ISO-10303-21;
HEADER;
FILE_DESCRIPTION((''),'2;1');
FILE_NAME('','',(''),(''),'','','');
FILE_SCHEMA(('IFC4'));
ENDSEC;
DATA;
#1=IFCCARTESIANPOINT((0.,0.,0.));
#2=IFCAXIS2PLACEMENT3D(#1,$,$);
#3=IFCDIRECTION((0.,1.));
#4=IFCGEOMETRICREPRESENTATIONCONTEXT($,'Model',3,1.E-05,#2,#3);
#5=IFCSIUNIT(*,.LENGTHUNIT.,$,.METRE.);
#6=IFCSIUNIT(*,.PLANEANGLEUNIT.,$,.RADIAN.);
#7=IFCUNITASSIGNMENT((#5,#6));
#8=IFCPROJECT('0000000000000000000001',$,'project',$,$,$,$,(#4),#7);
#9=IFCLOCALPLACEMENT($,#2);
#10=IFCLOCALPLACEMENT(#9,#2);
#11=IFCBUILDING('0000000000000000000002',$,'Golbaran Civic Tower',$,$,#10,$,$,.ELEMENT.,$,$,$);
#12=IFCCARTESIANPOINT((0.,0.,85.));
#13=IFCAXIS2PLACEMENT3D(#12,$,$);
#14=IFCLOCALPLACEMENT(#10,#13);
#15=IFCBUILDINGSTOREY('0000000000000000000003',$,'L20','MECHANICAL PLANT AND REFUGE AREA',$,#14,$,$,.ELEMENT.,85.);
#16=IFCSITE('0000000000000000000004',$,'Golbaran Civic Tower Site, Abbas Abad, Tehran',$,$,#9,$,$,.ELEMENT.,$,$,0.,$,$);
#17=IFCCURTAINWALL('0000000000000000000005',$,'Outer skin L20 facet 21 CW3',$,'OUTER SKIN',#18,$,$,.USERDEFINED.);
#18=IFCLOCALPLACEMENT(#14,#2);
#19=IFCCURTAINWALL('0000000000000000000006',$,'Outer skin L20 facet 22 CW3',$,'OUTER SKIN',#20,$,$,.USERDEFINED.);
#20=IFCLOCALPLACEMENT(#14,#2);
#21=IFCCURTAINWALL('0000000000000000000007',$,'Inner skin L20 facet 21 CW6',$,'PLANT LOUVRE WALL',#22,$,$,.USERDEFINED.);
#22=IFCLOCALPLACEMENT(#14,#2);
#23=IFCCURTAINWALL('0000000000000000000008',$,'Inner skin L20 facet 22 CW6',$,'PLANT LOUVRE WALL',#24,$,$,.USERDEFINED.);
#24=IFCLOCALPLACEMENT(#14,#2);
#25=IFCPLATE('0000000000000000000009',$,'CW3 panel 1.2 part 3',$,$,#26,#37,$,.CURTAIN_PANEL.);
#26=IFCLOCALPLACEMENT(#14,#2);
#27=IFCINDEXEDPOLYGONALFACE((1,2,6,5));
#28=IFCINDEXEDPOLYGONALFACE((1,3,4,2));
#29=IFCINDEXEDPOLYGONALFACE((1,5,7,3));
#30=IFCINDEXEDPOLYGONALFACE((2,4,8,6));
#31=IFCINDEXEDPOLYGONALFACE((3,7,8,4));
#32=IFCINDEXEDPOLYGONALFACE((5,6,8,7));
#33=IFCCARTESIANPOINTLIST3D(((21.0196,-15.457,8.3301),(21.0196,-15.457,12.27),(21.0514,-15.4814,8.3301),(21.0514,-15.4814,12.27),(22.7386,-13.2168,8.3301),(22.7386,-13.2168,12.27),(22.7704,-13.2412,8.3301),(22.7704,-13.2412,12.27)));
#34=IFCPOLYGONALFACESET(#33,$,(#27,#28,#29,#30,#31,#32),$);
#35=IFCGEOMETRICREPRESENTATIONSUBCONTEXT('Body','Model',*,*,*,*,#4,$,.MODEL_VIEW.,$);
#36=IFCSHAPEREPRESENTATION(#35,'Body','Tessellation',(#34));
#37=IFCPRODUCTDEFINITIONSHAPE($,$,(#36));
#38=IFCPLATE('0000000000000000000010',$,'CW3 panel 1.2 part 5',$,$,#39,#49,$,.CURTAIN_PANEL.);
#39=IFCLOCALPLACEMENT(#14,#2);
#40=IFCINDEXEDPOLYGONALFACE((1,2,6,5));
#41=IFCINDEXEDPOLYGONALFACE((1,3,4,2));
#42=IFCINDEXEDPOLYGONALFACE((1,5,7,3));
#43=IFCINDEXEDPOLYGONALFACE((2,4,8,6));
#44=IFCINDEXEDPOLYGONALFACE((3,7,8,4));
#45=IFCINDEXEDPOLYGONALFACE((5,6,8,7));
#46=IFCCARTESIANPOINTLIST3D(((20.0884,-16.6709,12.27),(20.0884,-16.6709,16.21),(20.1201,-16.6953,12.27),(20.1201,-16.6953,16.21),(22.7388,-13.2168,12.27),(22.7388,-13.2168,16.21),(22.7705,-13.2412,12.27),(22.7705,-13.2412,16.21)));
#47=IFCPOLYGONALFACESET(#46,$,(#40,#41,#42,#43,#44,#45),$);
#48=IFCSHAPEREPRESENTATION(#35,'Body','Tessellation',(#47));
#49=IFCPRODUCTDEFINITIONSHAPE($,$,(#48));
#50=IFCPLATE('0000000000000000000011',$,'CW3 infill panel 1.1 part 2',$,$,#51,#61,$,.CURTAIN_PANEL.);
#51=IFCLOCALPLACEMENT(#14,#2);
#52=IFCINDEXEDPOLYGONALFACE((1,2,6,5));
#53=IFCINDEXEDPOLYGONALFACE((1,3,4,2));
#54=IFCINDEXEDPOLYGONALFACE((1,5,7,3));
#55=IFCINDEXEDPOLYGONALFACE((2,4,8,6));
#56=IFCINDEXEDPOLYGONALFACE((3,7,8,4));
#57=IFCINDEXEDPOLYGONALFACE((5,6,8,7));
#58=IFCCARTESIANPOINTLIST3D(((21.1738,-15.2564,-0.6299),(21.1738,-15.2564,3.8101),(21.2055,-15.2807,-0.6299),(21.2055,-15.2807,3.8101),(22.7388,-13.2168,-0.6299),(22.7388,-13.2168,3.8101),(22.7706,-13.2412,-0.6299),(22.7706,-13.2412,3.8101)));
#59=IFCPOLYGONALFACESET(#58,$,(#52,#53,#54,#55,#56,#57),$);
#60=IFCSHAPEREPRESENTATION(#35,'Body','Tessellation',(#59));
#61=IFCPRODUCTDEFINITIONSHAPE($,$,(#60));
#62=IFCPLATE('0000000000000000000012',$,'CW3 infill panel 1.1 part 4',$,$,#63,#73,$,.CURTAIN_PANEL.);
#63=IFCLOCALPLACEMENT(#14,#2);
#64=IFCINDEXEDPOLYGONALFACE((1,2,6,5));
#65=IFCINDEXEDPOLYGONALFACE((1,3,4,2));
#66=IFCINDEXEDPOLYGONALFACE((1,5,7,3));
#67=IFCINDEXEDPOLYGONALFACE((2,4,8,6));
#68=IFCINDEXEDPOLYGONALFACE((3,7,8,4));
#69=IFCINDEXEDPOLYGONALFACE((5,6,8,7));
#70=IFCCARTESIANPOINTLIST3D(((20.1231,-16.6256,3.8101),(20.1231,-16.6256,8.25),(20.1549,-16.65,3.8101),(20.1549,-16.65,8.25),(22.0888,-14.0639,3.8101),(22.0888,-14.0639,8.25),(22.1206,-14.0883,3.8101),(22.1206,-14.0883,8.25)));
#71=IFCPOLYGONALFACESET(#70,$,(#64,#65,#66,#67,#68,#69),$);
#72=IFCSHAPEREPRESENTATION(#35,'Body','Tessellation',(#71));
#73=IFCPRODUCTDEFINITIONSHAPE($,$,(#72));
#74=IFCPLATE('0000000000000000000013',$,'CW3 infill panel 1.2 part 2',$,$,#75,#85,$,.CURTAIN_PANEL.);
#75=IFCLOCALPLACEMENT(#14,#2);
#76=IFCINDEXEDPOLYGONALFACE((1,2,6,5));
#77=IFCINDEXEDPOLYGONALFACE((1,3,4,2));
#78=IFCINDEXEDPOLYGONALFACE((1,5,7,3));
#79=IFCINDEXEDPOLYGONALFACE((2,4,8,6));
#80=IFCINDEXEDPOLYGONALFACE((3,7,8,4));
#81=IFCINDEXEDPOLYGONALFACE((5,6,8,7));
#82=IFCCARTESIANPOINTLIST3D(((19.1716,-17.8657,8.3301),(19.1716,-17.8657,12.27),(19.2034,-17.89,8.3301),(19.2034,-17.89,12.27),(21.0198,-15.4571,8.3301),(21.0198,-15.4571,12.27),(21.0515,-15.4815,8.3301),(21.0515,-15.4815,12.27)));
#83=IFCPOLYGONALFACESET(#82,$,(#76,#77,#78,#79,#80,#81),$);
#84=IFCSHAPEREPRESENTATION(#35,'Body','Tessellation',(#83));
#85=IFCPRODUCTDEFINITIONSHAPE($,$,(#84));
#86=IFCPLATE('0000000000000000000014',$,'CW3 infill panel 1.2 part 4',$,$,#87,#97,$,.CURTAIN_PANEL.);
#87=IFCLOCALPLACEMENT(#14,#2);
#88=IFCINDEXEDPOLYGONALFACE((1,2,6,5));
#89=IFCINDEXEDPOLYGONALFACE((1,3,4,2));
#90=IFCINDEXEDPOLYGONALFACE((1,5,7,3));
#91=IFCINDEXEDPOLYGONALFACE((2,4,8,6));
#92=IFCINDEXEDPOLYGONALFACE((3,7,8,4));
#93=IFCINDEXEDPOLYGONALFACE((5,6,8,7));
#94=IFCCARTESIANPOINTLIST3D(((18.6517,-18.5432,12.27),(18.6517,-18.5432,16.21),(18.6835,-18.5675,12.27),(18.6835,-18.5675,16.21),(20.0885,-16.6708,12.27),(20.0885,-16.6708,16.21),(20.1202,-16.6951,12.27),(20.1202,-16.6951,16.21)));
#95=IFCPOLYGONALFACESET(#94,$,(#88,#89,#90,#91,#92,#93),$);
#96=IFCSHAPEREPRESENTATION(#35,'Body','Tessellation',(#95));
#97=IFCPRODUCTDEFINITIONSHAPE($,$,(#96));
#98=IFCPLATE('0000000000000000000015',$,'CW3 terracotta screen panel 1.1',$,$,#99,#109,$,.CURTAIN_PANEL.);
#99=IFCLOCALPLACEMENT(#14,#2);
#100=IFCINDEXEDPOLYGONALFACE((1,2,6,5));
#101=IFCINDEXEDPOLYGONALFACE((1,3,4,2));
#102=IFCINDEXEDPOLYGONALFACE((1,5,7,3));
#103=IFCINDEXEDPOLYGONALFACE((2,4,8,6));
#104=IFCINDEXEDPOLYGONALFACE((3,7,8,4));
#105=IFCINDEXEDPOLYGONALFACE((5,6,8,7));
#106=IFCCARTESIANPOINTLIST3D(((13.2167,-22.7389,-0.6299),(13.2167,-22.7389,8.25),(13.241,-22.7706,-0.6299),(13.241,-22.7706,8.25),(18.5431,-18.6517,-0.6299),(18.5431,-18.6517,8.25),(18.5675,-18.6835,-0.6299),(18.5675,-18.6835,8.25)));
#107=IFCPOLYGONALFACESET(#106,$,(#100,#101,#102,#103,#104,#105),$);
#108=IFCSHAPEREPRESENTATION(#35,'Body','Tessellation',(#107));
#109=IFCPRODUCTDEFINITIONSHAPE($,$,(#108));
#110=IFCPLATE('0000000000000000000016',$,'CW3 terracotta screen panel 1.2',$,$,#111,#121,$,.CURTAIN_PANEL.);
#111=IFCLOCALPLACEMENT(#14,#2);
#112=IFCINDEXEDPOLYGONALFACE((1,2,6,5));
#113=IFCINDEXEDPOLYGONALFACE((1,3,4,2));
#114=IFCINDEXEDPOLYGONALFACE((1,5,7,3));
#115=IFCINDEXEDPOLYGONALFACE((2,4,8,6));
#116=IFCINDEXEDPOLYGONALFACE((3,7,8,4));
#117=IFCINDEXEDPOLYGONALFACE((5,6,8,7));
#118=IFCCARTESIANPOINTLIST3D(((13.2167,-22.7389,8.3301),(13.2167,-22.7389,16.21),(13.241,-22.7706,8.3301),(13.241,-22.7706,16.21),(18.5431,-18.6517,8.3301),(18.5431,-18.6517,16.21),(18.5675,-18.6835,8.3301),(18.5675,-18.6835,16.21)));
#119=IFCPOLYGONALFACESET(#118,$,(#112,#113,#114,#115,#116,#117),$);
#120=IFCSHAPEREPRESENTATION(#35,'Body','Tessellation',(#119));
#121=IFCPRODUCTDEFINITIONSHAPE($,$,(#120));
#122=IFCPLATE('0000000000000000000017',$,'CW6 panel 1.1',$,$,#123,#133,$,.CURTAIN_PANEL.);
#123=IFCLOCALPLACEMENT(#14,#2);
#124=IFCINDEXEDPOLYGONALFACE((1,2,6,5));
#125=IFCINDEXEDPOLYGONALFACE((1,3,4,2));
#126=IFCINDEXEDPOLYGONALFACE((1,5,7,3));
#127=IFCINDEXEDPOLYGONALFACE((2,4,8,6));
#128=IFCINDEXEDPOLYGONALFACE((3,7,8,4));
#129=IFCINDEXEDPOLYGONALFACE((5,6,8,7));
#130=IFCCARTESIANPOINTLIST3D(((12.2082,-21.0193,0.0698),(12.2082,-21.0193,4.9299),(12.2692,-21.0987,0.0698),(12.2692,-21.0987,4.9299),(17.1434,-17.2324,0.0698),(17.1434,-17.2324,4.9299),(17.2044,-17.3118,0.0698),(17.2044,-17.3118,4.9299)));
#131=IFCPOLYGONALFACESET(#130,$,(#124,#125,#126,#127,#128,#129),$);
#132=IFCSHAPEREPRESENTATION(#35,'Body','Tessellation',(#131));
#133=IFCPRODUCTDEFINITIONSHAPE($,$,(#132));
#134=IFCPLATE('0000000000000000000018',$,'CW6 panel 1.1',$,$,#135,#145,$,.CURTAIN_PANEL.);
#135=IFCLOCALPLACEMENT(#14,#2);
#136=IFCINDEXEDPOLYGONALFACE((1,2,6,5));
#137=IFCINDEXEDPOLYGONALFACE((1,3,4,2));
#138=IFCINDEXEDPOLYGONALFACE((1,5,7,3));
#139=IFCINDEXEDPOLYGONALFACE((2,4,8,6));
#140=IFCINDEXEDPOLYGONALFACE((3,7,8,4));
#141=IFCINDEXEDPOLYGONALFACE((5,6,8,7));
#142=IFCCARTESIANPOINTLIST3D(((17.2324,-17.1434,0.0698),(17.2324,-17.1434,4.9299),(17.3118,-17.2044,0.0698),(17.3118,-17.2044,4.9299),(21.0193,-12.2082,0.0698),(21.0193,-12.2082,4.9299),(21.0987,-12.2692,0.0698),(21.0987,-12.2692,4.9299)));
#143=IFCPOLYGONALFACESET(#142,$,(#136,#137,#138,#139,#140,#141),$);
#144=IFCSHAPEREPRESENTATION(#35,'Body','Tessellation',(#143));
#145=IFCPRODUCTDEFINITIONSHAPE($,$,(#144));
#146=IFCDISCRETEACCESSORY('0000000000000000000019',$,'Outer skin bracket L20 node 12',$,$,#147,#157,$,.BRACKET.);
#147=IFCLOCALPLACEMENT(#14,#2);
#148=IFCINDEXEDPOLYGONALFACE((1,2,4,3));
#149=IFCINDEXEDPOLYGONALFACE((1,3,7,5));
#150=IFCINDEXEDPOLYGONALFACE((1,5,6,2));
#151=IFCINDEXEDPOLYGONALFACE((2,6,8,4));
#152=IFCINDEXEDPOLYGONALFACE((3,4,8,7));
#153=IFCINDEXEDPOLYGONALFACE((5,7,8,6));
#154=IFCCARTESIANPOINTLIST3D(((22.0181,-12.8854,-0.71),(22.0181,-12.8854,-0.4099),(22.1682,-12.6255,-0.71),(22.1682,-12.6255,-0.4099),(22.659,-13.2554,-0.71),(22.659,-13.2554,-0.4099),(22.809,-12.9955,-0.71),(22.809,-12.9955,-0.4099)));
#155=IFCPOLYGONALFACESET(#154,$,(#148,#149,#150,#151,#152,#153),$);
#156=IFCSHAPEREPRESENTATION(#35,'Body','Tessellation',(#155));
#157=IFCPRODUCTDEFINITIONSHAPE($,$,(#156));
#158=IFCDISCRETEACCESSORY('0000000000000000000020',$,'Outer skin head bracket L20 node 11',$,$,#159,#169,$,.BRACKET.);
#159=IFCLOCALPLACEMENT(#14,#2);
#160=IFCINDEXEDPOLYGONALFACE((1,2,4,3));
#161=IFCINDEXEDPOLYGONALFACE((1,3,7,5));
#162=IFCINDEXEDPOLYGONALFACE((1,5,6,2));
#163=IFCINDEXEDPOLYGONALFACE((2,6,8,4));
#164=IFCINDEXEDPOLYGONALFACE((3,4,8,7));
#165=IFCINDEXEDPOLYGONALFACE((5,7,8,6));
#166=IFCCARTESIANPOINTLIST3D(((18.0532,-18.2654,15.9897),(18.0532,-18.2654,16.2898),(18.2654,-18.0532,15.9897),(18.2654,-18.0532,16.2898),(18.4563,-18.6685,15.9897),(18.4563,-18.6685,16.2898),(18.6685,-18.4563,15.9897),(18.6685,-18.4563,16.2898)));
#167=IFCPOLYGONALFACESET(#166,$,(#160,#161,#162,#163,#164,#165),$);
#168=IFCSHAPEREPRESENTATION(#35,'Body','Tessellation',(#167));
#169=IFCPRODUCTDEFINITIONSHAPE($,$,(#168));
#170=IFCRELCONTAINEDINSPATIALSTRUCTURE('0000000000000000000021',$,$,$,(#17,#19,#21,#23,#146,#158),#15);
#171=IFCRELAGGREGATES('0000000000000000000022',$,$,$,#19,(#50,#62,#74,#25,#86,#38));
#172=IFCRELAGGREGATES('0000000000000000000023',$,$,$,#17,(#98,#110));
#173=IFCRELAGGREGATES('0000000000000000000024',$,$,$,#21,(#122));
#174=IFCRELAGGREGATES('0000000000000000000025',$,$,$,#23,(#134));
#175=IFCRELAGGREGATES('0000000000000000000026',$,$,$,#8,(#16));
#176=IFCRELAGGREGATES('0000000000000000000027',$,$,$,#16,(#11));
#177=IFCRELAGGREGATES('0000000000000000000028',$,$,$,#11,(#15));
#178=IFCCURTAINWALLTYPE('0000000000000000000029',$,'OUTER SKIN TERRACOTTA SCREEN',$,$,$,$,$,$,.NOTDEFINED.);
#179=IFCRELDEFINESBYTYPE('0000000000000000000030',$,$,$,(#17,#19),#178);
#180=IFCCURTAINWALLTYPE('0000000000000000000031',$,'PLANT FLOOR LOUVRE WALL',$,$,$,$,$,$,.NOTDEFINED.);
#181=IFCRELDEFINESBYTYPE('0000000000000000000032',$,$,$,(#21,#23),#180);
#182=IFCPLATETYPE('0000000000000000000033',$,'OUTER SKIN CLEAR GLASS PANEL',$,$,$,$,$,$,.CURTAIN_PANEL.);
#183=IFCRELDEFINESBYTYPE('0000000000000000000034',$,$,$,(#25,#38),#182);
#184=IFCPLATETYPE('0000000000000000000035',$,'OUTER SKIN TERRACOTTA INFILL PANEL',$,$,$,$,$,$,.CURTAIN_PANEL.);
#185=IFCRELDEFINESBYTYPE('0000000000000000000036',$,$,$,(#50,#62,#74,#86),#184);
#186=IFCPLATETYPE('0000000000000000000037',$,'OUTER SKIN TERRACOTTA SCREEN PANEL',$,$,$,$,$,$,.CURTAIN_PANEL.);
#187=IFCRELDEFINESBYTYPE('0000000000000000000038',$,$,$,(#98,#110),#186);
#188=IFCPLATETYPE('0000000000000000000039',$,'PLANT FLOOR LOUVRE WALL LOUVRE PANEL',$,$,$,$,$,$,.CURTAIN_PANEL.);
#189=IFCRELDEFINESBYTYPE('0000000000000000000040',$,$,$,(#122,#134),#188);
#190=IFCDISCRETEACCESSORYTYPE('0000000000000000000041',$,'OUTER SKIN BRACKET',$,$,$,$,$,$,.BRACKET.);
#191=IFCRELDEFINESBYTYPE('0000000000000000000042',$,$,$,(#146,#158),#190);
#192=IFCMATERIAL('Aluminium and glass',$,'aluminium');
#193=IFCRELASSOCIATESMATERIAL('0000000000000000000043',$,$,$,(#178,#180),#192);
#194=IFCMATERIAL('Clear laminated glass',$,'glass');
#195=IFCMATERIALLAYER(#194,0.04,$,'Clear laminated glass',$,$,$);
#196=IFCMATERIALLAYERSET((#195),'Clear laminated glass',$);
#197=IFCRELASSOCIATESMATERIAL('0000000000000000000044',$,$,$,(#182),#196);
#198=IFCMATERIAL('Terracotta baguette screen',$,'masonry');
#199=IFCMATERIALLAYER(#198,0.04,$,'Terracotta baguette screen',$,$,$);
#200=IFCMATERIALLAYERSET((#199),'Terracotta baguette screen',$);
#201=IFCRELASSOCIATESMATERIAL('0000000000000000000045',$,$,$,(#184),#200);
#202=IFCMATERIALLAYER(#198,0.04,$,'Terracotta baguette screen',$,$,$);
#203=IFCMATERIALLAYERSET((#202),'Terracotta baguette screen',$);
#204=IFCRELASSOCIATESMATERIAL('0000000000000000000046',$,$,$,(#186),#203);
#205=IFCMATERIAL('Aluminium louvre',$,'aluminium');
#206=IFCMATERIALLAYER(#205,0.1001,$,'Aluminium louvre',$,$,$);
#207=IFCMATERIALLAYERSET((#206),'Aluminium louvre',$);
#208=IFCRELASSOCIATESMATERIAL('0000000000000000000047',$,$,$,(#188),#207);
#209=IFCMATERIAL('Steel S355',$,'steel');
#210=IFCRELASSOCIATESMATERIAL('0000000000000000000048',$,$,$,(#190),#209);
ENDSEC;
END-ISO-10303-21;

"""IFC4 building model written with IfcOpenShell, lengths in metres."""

from ifc_helpers import new_model, si_unit, direction, frame, origin, origin_2d, place, context, subcontext, project, spatial, rectangle, extrude, material, layer, layer_set, type_object, element, aggregate, save


model = new_model("IFC4")

# Units and contexts
model_context = context("Model", 3, precision=1e-05, world=origin(), true_north=direction((0.0, 1.0)))
body_context = subcontext(model_context, "Body", "Model", "MODEL_VIEW")
ifc_project = project(units=[si_unit("LENGTHUNIT", "METRE"), si_unit("PLANEANGLEUNIT", "RADIAN")], contexts=[model_context])

# Site, building, storey
site_placement = place(None, origin())
site = spatial("IfcSite", under=ifc_project, at=site_placement, Name="Golbaran Civic Tower Site, Abbas Abad, Tehran", CompositionType="ELEMENT", RefElevation=0.0)
building_placement = place(site_placement, origin())
building = spatial("IfcBuilding", under=site, at=building_placement, Name="Golbaran Civic Tower", CompositionType="ELEMENT")
storey_placement = place(building_placement, frame((0.0, 0.0, 85.0)))
storey = spatial("IfcBuildingStorey", under=building, at=storey_placement, Name="L20", Description="MECHANICAL PLANT AND REFUGE AREA", CompositionType="ELEMENT", Elevation=85.0)

# Shared definitions
ifc_material_1 = material(Name="Steel S355", Category="steel")

# Shared definitions
ifc_material_2 = material(Name="Aluminium and glass", Category="aluminium")
curtain_wall_type_1 = type_object("IfcCurtainWallType", Name="OUTER SKIN TERRACOTTA SCREEN", PredefinedType="NOTDEFINED", material=ifc_material_2)

# Curtain walls
curtain_wall_1_placement = place(storey_placement, origin())
curtain_wall_1 = element("IfcCurtainWall", 1, at=curtain_wall_1_placement, inside=storey, type_object=curtain_wall_type_1, Name="Outer skin L20 facet 21 CW3", ObjectType="OUTER SKIN", PredefinedType="USERDEFINED")
curtain_wall_2_placement = place(storey_placement, origin())
curtain_wall_2 = element("IfcCurtainWall", 2, at=curtain_wall_2_placement, inside=storey, type_object=curtain_wall_type_1, Name="Outer skin L20 facet 22 CW3", ObjectType="OUTER SKIN", PredefinedType="USERDEFINED")

# Curtain wall
curtain_wall_type_2 = type_object("IfcCurtainWallType", Name="PLANT FLOOR LOUVRE WALL", PredefinedType="NOTDEFINED", material=ifc_material_2)
curtain_wall_3_placement = place(storey_placement, origin())
curtain_wall_3 = element("IfcCurtainWall", 3, at=curtain_wall_3_placement, inside=storey, type_object=curtain_wall_type_2, Name="Inner skin L20 facet 21 CW6", ObjectType="PLANT LOUVRE WALL", PredefinedType="USERDEFINED")

# Curtain wall
curtain_wall_4_placement = place(storey_placement, origin())
curtain_wall_4 = element("IfcCurtainWall", 4, at=curtain_wall_4_placement, inside=storey, type_object=curtain_wall_type_2, Name="Inner skin L20 facet 22 CW6", ObjectType="PLANT LOUVRE WALL", PredefinedType="USERDEFINED")

# Plates
ifc_material_3 = material(Name="Clear laminated glass", Category="glass")
ifc_layer_1 = layer(ifc_material_3, 0.04, Name="Clear laminated glass")
ifc_layer_set_1 = layer_set([ifc_layer_1], Name="Clear laminated glass")
plate_type_1 = type_object("IfcPlateType", Name="OUTER SKIN CLEAR GLASS PANEL", PredefinedType="CURTAIN_PANEL", material=ifc_layer_set_1)
plate_1_placement = place(storey_placement, frame((21.895, -14.3491, 8.3301), z_axis=(0.0, 0.0, 1.0), x_axis=(0.608761, 0.793353, 0.0)))
plate_1 = element("IfcPlate", 5, at=plate_1_placement, type_object=plate_type_1, Name="CW3 panel 1.2 part 3", PredefinedType="CURTAIN_PANEL", context=body_context, shape_type="SweptSolid", body=[
    extrude(rectangle(XDim=2.8237, YDim=0.04, at=origin_2d()), origin(), (0.0, 0.0, 1.0), 3.9399),
])
plate_2_placement = place(storey_placement, frame((21.4294, -14.9561, 12.27), z_axis=(0.0, 0.0, 1.0), x_axis=(0.608761, 0.793353, 0.0)))
plate_2 = element("IfcPlate", 6, at=plate_2_placement, type_object=plate_type_1, Name="CW3 panel 1.2 part 5", PredefinedType="CURTAIN_PANEL", context=body_context, shape_type="SweptSolid", body=[
    extrude(rectangle(XDim=4.3538, YDim=0.04, at=origin_2d()), origin(), (0.0, 0.0, 1.0), 3.9399),
])
ifc_material_4 = material(Name="Terracotta baguette screen", Category="masonry")
ifc_layer_2 = layer(ifc_material_4, 0.04, Name="Terracotta baguette screen")
ifc_layer_set_2 = layer_set([ifc_layer_2], Name="Terracotta baguette screen")
plate_type_2 = type_object("IfcPlateType", Name="OUTER SKIN TERRACOTTA INFILL PANEL", PredefinedType="CURTAIN_PANEL", material=ifc_layer_set_2)
plate_3_placement = place(storey_placement, frame((21.9722, -14.2488, -0.6299), z_axis=(0.0, 0.0, 1.0), x_axis=(0.608761, 0.793353, 0.0)))
plate_3 = element("IfcPlate", 7, at=plate_3_placement, type_object=plate_type_2, Name="CW3 infill panel 1.1 part 2", PredefinedType="CURTAIN_PANEL", context=body_context, shape_type="SweptSolid", body=[
    extrude(rectangle(XDim=2.5708, YDim=0.04, at=origin_2d()), origin(), (0.0, 0.0, 1.0), 4.4399),
])
plate_4_placement = place(storey_placement, frame((21.1218, -15.3569, 3.8101), z_axis=(0.0, 0.0, 1.0), x_axis=(0.608761, 0.793353, 0.0)))
plate_4 = element("IfcPlate", 8, at=plate_4_placement, type_object=plate_type_2, Name="CW3 infill panel 1.1 part 4", PredefinedType="CURTAIN_PANEL", context=body_context, shape_type="SweptSolid", body=[
    extrude(rectangle(XDim=3.229, YDim=0.04, at=origin_2d()), origin(), (0.0, 0.0, 1.0), 4.4399),
])
plate_5_placement = place(storey_placement, frame((20.1116, -16.6736, 8.3301), z_axis=(0.0, 0.0, 1.0), x_axis=(0.608761, 0.793353, 0.0)))
plate_5 = element("IfcPlate", 9, at=plate_5_placement, type_object=plate_type_2, Name="CW3 infill panel 1.2 part 2", PredefinedType="CURTAIN_PANEL", context=body_context, shape_type="SweptSolid", body=[
    extrude(rectangle(XDim=3.0359, YDim=0.04, at=origin_2d()), origin(), (0.0, 0.0, 1.0), 3.9399),
])
plate_6_placement = place(storey_placement, frame((19.386, -17.6191, 12.27), z_axis=(0.0, 0.0, 1.0), x_axis=(0.608761, 0.793353, 0.0)))
plate_6 = element("IfcPlate", 10, at=plate_6_placement, type_object=plate_type_2, Name="CW3 infill panel 1.2 part 4", PredefinedType="CURTAIN_PANEL", context=body_context, shape_type="SweptSolid", body=[
    extrude(rectangle(XDim=2.3601, YDim=0.04, at=origin_2d()), origin(), (0.0, 0.0, 1.0), 3.9399),
])
aggregate(curtain_wall_2, [plate_3, plate_4, plate_5, plate_1, plate_6, plate_2])
ifc_layer_3 = layer(ifc_material_4, 0.04, Name="Terracotta baguette screen")
ifc_layer_set_3 = layer_set([ifc_layer_3], Name="Terracotta baguette screen")
plate_type_3 = type_object("IfcPlateType", Name="OUTER SKIN TERRACOTTA SCREEN PANEL", PredefinedType="CURTAIN_PANEL", material=ifc_layer_set_3)
plate_7_placement = place(storey_placement, frame((15.8921, -20.7112, -0.6299), z_axis=(0.0, 0.0, 1.0), x_axis=(0.793353, 0.608761, 0.0)))
plate_7 = element("IfcPlate", 11, at=plate_7_placement, type_object=plate_type_3, Name="CW3 terracotta screen panel 1.1", PredefinedType="CURTAIN_PANEL", context=body_context, shape_type="SweptSolid", body=[
    extrude(rectangle(XDim=6.7139, YDim=0.04, at=origin_2d()), origin(), (0.0, 0.0, 1.0), 8.8799),
])
plate_8_placement = place(storey_placement, frame((15.8921, -20.7112, 8.3301), z_axis=(0.0, 0.0, 1.0), x_axis=(0.793353, 0.608761, 0.0)))
plate_8 = element("IfcPlate", 12, at=plate_8_placement, type_object=plate_type_3, Name="CW3 terracotta screen panel 1.2", PredefinedType="CURTAIN_PANEL", context=body_context, shape_type="SweptSolid", body=[
    extrude(rectangle(XDim=6.7139, YDim=0.04, at=origin_2d()), origin(), (0.0, 0.0, 1.0), 7.8799),
])
aggregate(curtain_wall_1, [plate_7, plate_8])
ifc_material_5 = material(Name="Aluminium louvre", Category="aluminium")
ifc_layer_4 = layer(ifc_material_5, 0.1001, Name="Aluminium louvre")
ifc_layer_set_4 = layer_set([ifc_layer_4], Name="Aluminium louvre")
plate_type_4 = type_object("IfcPlateType", Name="PLANT FLOOR LOUVRE WALL LOUVRE PANEL", PredefinedType="CURTAIN_PANEL", material=ifc_layer_set_4)
plate_9_placement = place(storey_placement, frame((14.7063, -19.1655, 0.0698), z_axis=(0.0, 0.0, 1.0), x_axis=(0.793353, 0.608761, 0.0)))
plate_9 = element("IfcPlate", 13, at=plate_9_placement, type_object=plate_type_4, Name="CW6 panel 1.1", PredefinedType="CURTAIN_PANEL", context=body_context, shape_type="SweptSolid", body=[
    extrude(rectangle(XDim=6.2207, YDim=0.1001, at=origin_2d()), origin(), (0.0, 0.0, 1.0), 4.8601),
])
aggregate(curtain_wall_3, [plate_9])
plate_10_placement = place(storey_placement, frame((19.1655, -14.7063, 0.0698), z_axis=(0.0, 0.0, 1.0), x_axis=(0.608761, 0.793353, 0.0)))
plate_10 = element("IfcPlate", 14, at=plate_10_placement, type_object=plate_type_4, Name="CW6 panel 1.1", PredefinedType="CURTAIN_PANEL", context=body_context, shape_type="SweptSolid", body=[
    extrude(rectangle(XDim=6.2207, YDim=0.1001, at=origin_2d()), origin(), (0.0, 0.0, 1.0), 4.8601),
])
aggregate(curtain_wall_4, [plate_10])

# Discrete accessories
discrete_accessory_type = type_object("IfcDiscreteAccessoryType", Name="OUTER SKIN BRACKET", PredefinedType="BRACKET", material=ifc_material_1)
discrete_accessory_1_placement = place(storey_placement, frame((22.4136, -12.9404, -0.71), z_axis=(0.0, 0.0, 1.0), x_axis=(0.866025, -0.5, 0.0)))
element("IfcDiscreteAccessory", 15, at=discrete_accessory_1_placement, inside=storey, type_object=discrete_accessory_type, Name="Outer skin bracket L20 node 12", PredefinedType="BRACKET", context=body_context, shape_type="SweptSolid", body=[
    extrude(rectangle(XDim=0.74, YDim=0.3, at=origin_2d()), origin(), (0.0, 0.0, 1.0), 0.3),
])
discrete_accessory_2_placement = place(storey_placement, frame((18.3608, -18.3608, 15.9897), z_axis=(0.0, 0.0, 1.0), x_axis=(0.707107, -0.707107, 0.0)))
element("IfcDiscreteAccessory", 16, at=discrete_accessory_2_placement, inside=storey, type_object=discrete_accessory_type, Name="Outer skin head bracket L20 node 11", PredefinedType="BRACKET", context=body_context, shape_type="SweptSolid", body=[
    extrude(rectangle(XDim=0.5701, YDim=0.3, at=origin_2d()), origin(), (0.0, 0.0, 1.0), 0.3),
])

save(model, "model.ifc")
